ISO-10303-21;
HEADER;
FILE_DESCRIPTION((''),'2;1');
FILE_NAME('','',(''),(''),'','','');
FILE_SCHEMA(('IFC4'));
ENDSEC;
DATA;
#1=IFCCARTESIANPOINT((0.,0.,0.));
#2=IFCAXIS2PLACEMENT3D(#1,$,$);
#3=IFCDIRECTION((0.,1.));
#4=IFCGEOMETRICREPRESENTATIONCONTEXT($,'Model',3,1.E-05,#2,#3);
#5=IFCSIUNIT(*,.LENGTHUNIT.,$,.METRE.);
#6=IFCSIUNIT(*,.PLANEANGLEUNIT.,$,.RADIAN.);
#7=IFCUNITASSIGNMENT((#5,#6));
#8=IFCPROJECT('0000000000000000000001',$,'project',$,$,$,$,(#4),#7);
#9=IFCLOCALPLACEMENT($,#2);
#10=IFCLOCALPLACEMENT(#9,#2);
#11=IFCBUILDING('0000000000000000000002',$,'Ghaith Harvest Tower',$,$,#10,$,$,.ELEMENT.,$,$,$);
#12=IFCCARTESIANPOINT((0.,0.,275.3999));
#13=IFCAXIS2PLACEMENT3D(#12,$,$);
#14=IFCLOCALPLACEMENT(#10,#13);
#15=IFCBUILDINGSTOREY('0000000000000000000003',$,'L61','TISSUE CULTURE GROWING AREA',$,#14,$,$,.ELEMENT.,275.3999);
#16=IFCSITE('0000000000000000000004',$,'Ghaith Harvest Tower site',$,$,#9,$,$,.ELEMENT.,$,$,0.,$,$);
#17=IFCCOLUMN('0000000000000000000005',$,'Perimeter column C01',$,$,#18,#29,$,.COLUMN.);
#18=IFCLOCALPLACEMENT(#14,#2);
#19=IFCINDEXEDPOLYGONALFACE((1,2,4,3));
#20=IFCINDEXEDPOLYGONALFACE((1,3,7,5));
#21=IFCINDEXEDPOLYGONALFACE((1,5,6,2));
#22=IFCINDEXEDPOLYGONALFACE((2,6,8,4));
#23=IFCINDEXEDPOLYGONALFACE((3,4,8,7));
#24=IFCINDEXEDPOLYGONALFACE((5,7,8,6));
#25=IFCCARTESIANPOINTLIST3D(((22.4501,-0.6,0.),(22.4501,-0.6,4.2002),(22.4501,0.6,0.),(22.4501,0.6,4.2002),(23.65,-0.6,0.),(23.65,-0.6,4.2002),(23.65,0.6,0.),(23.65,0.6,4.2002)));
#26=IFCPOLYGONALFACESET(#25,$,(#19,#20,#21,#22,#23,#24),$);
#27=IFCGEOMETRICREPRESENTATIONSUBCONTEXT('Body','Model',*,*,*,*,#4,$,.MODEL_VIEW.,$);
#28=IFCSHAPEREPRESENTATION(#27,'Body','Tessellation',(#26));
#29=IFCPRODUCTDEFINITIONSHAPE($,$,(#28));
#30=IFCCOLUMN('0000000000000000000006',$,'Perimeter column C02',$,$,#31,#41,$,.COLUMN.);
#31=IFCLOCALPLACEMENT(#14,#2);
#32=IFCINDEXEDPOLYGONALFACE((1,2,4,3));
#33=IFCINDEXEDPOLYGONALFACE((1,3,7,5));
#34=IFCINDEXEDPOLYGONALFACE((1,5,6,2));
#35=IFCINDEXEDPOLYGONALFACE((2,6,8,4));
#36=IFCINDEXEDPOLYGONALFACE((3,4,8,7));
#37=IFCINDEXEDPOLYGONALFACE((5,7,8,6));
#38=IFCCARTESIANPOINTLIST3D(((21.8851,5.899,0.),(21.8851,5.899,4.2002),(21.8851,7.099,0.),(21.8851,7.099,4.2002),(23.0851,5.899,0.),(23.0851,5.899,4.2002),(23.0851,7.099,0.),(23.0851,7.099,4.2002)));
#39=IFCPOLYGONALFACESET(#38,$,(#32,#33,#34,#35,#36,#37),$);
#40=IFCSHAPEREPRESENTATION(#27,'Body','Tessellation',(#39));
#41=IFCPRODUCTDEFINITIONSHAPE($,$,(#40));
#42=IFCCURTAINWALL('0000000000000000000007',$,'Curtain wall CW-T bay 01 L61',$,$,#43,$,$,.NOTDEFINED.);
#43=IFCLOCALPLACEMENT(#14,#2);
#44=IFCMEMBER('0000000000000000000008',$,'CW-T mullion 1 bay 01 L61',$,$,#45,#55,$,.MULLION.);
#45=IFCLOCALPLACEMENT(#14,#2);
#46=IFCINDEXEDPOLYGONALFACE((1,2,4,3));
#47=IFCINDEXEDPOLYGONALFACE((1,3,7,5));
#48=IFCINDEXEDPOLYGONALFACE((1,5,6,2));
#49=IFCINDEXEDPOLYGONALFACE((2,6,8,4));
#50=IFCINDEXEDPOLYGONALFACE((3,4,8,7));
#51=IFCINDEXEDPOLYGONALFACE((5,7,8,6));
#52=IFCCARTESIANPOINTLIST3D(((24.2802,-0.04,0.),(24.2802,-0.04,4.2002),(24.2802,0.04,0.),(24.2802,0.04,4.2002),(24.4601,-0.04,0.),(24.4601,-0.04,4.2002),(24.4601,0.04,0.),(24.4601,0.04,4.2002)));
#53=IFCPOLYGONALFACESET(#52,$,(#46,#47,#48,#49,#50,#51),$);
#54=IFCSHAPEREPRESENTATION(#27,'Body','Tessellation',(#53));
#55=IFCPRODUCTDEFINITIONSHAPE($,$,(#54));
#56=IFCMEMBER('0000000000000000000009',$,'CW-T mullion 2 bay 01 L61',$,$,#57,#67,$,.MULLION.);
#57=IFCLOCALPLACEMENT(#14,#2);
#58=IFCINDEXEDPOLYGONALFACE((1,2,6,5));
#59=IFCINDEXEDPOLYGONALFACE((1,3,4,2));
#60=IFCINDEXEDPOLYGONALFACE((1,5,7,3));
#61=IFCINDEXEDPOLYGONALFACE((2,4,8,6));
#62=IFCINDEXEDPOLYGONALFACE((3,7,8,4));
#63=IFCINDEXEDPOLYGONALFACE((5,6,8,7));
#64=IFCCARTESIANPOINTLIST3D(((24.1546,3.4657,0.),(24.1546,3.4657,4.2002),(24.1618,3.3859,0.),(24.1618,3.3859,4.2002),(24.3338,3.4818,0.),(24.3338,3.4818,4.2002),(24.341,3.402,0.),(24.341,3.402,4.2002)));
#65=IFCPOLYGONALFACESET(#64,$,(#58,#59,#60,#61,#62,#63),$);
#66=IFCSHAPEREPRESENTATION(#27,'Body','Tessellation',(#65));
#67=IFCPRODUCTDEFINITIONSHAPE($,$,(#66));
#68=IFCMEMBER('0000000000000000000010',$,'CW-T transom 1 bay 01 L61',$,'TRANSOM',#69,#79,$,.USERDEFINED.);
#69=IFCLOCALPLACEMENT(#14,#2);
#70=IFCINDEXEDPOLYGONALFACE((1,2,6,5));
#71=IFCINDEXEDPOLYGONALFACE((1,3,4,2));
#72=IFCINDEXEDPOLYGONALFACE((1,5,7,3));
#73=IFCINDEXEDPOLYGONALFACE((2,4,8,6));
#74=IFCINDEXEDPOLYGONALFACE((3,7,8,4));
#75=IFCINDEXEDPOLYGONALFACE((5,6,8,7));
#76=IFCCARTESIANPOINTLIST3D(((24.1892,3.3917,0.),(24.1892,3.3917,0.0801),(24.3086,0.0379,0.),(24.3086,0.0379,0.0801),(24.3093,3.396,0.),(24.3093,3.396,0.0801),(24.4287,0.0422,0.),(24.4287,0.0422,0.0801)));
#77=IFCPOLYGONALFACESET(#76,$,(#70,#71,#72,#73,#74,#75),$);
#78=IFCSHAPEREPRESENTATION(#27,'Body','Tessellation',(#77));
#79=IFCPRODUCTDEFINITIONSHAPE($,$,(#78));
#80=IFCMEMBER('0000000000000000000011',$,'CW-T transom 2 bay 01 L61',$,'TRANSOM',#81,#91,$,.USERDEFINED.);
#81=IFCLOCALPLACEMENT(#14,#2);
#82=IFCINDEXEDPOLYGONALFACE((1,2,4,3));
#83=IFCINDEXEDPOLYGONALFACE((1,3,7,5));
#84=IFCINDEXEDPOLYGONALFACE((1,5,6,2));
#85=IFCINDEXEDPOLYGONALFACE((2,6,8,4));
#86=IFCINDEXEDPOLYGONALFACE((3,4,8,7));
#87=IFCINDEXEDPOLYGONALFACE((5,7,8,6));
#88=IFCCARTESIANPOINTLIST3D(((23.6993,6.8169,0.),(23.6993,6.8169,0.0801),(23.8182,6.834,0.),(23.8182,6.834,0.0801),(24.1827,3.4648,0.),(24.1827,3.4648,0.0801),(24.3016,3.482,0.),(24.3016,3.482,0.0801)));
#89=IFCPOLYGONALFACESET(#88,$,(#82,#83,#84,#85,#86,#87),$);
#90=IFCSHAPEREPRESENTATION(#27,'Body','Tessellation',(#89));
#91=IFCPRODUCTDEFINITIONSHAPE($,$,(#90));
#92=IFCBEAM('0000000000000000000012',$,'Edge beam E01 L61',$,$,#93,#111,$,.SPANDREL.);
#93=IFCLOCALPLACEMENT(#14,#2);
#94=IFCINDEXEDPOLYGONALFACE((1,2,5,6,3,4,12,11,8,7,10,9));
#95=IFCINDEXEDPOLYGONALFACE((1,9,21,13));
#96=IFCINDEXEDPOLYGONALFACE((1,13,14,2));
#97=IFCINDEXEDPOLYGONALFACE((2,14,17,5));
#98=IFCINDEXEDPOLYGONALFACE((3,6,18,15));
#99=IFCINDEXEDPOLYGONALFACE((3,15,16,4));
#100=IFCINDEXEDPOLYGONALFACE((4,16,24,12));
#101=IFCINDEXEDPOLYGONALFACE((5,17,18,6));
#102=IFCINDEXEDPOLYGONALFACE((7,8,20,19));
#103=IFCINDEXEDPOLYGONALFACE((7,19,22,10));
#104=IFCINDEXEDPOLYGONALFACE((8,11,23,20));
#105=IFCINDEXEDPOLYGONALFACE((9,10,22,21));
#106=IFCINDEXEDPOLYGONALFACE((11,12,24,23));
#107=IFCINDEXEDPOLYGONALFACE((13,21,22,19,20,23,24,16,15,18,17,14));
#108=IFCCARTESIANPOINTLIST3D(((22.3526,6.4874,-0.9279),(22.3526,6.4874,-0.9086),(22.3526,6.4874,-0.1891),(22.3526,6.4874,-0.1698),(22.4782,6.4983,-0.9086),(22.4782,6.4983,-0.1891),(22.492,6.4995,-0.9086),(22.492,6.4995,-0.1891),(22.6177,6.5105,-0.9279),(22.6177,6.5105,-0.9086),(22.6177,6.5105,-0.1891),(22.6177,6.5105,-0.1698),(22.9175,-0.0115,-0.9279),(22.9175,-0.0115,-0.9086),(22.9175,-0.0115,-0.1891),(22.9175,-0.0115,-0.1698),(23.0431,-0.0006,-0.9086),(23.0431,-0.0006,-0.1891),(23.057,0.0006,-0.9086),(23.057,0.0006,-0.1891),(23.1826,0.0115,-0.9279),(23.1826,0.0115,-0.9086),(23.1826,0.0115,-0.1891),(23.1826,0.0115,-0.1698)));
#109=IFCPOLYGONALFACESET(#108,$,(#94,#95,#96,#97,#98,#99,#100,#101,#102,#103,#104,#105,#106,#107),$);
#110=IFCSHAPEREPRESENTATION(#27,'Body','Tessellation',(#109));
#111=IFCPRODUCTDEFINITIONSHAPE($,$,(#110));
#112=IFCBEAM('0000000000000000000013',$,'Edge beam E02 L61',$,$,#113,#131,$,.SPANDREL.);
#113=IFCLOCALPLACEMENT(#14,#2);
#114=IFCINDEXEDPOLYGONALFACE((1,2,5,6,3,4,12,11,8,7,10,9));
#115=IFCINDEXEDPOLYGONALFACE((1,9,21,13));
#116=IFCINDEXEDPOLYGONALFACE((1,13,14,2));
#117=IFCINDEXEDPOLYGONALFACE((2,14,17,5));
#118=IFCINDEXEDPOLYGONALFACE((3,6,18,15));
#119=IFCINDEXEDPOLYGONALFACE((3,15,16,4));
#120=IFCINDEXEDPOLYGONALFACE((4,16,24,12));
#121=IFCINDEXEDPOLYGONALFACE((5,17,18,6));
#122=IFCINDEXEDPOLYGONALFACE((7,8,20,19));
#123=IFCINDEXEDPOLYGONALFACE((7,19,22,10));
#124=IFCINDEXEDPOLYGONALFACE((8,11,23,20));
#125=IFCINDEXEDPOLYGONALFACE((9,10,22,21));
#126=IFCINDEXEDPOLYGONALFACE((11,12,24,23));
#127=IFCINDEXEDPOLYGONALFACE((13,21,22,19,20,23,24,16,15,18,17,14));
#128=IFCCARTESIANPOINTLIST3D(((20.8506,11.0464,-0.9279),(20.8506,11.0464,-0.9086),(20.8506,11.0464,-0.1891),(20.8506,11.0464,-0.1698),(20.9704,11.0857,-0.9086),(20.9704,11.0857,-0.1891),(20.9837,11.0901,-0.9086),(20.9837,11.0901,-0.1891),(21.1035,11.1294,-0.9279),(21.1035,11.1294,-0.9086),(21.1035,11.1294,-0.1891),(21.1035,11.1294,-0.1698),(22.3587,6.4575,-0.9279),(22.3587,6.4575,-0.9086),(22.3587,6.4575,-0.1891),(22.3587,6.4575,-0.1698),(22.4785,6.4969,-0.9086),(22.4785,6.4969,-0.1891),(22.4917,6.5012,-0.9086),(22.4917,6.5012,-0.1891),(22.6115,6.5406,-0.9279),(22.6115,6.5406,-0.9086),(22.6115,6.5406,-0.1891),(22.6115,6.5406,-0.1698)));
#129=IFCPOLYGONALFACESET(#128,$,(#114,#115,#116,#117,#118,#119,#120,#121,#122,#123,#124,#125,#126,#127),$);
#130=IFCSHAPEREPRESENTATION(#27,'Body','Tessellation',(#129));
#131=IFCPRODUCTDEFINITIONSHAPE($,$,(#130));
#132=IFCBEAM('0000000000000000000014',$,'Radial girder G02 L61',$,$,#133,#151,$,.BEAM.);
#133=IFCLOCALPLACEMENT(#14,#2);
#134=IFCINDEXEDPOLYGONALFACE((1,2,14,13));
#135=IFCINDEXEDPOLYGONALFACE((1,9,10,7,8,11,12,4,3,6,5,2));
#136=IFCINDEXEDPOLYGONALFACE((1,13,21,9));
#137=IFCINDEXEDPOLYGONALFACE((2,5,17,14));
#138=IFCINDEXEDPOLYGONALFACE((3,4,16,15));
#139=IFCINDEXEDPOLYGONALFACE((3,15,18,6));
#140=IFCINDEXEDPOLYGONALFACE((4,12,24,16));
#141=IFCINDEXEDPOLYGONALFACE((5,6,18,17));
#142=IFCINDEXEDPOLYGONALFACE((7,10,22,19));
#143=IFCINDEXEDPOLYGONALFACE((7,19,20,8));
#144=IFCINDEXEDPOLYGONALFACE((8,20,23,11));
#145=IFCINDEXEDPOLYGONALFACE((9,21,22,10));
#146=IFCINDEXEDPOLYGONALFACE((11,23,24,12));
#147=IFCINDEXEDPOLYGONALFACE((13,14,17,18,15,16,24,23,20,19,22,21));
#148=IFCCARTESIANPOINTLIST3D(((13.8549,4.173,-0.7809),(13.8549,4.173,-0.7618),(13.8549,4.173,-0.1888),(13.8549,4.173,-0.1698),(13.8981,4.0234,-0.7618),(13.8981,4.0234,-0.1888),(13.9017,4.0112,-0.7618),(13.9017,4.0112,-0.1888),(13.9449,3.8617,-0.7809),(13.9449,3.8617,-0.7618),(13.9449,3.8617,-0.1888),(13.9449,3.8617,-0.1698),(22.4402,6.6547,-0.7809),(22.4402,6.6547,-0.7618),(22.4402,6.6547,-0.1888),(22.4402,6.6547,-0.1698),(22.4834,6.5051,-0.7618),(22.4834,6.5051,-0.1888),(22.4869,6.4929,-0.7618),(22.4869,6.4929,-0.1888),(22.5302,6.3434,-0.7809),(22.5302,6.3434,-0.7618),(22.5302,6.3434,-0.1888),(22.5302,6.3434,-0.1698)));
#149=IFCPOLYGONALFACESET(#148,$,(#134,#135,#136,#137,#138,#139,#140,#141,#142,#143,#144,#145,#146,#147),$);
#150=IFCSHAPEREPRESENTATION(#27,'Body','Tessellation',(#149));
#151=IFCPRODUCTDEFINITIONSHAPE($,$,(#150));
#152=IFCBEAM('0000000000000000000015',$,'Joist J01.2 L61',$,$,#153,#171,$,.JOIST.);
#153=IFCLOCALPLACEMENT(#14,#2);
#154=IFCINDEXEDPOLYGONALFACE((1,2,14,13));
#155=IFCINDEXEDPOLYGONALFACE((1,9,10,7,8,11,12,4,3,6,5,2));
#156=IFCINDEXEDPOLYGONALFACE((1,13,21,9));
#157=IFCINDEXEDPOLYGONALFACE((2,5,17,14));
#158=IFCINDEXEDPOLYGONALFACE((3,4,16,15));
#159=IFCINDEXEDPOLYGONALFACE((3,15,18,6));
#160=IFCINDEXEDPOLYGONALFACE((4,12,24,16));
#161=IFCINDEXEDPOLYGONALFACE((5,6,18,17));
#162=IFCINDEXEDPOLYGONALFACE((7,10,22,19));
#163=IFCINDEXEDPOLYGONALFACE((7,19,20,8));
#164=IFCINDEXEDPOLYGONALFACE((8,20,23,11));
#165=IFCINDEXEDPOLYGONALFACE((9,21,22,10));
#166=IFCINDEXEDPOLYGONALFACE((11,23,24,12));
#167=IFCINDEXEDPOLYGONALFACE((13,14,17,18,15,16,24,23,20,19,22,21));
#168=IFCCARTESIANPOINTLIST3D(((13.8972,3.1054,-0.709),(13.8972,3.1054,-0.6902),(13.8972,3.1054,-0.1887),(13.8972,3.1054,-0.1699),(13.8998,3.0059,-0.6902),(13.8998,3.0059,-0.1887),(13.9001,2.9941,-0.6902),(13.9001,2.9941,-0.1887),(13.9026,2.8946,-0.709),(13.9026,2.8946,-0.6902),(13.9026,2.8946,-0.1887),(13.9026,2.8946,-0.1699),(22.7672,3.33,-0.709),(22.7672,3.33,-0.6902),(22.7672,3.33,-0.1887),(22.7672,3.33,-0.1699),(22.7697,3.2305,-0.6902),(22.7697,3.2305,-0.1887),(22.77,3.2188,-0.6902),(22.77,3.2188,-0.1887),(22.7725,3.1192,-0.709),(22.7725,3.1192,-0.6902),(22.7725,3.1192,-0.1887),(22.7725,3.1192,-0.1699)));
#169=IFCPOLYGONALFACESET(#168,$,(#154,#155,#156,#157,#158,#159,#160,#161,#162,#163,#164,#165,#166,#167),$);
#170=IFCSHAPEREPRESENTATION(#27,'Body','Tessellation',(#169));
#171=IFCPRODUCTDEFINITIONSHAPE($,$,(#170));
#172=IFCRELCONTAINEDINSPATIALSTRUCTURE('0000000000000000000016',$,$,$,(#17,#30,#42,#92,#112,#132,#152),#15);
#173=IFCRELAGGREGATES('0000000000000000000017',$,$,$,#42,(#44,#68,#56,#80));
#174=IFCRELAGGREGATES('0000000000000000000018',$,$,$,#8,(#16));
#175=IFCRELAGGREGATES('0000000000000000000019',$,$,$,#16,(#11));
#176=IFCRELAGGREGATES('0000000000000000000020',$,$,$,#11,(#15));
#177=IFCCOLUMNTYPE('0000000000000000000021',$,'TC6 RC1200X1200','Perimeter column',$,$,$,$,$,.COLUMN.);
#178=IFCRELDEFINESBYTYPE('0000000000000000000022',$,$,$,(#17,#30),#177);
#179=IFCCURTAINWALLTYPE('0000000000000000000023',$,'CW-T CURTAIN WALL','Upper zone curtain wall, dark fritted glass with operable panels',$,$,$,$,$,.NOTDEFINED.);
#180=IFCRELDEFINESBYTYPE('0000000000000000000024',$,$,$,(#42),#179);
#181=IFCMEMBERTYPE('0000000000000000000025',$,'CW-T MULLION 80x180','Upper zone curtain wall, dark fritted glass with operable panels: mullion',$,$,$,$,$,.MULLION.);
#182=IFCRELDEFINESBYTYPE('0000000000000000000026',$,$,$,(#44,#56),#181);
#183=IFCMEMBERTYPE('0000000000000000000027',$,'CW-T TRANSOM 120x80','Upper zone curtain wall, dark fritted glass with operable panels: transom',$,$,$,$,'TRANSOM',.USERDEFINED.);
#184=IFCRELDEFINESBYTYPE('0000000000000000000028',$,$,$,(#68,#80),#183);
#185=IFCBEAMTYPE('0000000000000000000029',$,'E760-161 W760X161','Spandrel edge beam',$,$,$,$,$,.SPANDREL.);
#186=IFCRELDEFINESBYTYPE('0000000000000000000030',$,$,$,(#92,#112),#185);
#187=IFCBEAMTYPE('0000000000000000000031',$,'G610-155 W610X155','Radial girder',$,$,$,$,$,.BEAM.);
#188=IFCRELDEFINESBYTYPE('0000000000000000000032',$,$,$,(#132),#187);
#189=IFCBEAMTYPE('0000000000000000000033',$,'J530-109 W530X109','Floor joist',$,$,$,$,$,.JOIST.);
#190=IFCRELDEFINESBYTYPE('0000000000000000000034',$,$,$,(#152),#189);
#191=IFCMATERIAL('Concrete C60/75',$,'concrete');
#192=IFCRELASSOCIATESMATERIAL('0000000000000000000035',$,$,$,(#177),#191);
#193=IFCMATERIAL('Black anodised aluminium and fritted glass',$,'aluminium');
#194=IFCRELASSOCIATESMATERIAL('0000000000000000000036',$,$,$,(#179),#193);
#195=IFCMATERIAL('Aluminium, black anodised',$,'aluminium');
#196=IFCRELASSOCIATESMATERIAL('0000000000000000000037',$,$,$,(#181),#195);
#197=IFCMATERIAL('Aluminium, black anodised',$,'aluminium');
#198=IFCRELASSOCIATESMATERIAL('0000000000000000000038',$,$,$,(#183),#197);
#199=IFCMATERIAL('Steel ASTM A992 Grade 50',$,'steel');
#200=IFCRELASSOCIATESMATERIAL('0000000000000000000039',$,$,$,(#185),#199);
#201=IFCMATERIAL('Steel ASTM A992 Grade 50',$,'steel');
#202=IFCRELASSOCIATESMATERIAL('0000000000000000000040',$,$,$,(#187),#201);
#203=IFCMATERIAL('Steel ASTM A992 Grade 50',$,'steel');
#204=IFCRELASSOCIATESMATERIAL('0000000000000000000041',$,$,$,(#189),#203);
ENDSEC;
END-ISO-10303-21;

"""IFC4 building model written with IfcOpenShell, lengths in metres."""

from ifc_helpers import new_model, si_unit, direction, frame, origin, origin_2d, place, context, subcontext, project, spatial, rectangle, i_section, extrude, material, material_profile, profile_set, type_object, element, aggregate, save


model = new_model("IFC4")

# Units and contexts
model_context = context("Model", 3, precision=1e-05, world=origin(), true_north=direction((0.0, 1.0)))
body_context = subcontext(model_context, "Body", "Model", "MODEL_VIEW")
ifc_project = project(units=[si_unit("LENGTHUNIT", "METRE"), si_unit("PLANEANGLEUNIT", "RADIAN")], contexts=[model_context])

# Site, building, storey
site_placement = place(None, origin())
site = spatial("IfcSite", under=ifc_project, at=site_placement, Name="Ghaith Harvest Tower site", CompositionType="ELEMENT", RefElevation=0.0)
building_placement = place(site_placement, origin())
building = spatial("IfcBuilding", under=site, at=building_placement, Name="Ghaith Harvest Tower", CompositionType="ELEMENT")
storey_placement = place(building_placement, frame((0.0, 0.0, 275.3999)))
storey = spatial("IfcBuildingStorey", under=building, at=storey_placement, Name="L61", Description="TISSUE CULTURE GROWING AREA", CompositionType="ELEMENT", Elevation=275.3999)

# Columns
ifc_material_1 = material(Name="Concrete C60/75", Category="concrete")
ifc_material_profile_1 = material_profile(ifc_material_1, rectangle(XDim=1.2, YDim=1.2, at=origin_2d()), Name="RC1200X1200")
ifc_profile_set_1 = profile_set([ifc_material_profile_1], Name="Concrete C60/75")
column_type = type_object("IfcColumnType", Name="TC6 RC1200X1200", Description="Perimeter column", PredefinedType="COLUMN", material=ifc_profile_set_1)
for number, where, z_axis, x_axis, name in (
    (1, (23.05, 0.0, 0.0), (0.0, 0.0, 1.0), (1.0, 0.0, 0.0), "Perimeter column C01"),
    (2, (22.4851, 6.499, 0.0), (0.0, 0.0, 1.0), (1.0, 0.0, 0.0), "Perimeter column C02"),
):
    element("IfcColumn", number, at=place(storey_placement, frame(where, z_axis=z_axis, x_axis=x_axis)), inside=storey, type_object=column_type, Name=name, PredefinedType="COLUMN", context=body_context, shape_type="SweptSolid", body=[
        extrude(rectangle(XDim=1.2, YDim=1.2, at=origin_2d()), origin(), (0.0, 0.0, 1.0), 4.2002),
    ])

# Curtain wall, members
ifc_material_2 = material(Name="Black anodised aluminium and fritted glass", Category="aluminium")
curtain_wall_type = type_object("IfcCurtainWallType", Name="CW-T CURTAIN WALL", Description="Upper zone curtain wall, dark fritted glass with operable panels", PredefinedType="NOTDEFINED", material=ifc_material_2)
curtain_wall_placement = place(storey_placement, origin())
curtain_wall = element("IfcCurtainWall", 3, at=curtain_wall_placement, inside=storey, type_object=curtain_wall_type, Name="Curtain wall CW-T bay 01 L61", PredefinedType="NOTDEFINED")
ifc_material_3 = material(Name="Aluminium, black anodised", Category="aluminium")
ifc_material_profile_2 = material_profile(ifc_material_3, rectangle(XDim=0.0801, YDim=0.1799, at=origin_2d()), Name="CW-T MULLION 80x180")
ifc_profile_set_2 = profile_set([ifc_material_profile_2], Name="Aluminium, black anodised")
member_type_1 = type_object("IfcMemberType", Name="CW-T MULLION 80x180", Description="Upper zone curtain wall, dark fritted glass with operable panels: mullion", PredefinedType="MULLION", material=ifc_profile_set_2)
member_1_placement = place(storey_placement, frame((24.3701, 0.0, 0.0), z_axis=(0.0, 0.0, 1.0), x_axis=(0.0, 1.0, 0.0)))
member_1 = element("IfcMember", 4, at=member_1_placement, type_object=member_type_1, Name="CW-T mullion 1 bay 01 L61", PredefinedType="MULLION", context=body_context, shape_type="SweptSolid", body=[
    extrude(rectangle(XDim=0.0801, YDim=0.1799, at=origin_2d()), origin(), (0.0, 0.0, 1.0), 4.2002),
])
member_2_placement = place(storey_placement, frame((24.2478, 3.4338, 0.0), z_axis=(0.0, 0.0, 1.0), x_axis=(-0.089502, 0.995987, 0.0)))
member_2 = element("IfcMember", 5, at=member_2_placement, type_object=member_type_1, Name="CW-T mullion 2 bay 01 L61", PredefinedType="MULLION", context=body_context, shape_type="SweptSolid", body=[
    extrude(rectangle(XDim=0.0801, YDim=0.1799, at=origin_2d()), origin(), (0.0, 0.0, 1.0), 4.2002),
])
ifc_material_4 = material(Name="Aluminium, black anodised", Category="aluminium")
ifc_material_profile_3 = material_profile(ifc_material_4, rectangle(XDim=0.1201, YDim=0.0801, at=origin_2d()), Name="CW-T TRANSOM 120x80")
ifc_profile_set_3 = profile_set([ifc_material_profile_3], Name="Aluminium, black anodised")
member_type_2 = type_object("IfcMemberType", Name="CW-T TRANSOM 120x80", Description="Upper zone curtain wall, dark fritted glass with operable panels: transom", ElementType="TRANSOM", PredefinedType="USERDEFINED", material=ifc_profile_set_3)
member_3_placement = place(storey_placement, frame((24.3687, 0.04, 0.04), z_axis=(-0.035575, 0.999367, 0.0), x_axis=(-0.999367, -0.035575, 0.0)))
member_3 = element("IfcMember", 6, at=member_3_placement, type_object=member_type_2, Name="CW-T transom 1 bay 01 L61", ObjectType="TRANSOM", PredefinedType="USERDEFINED", context=body_context, shape_type="SweptSolid", body=[
    extrude(rectangle(XDim=0.1201, YDim=0.0801, at=origin_2d()), origin(), (0.0, 0.0, 1.0), 3.356),
])
member_4_placement = place(storey_placement, frame((24.2422, 3.4734, 0.04), z_axis=(-0.142733, 0.989761, 0.0), x_axis=(-0.989761, -0.142733, 0.0)))
member_4 = element("IfcMember", 7, at=member_4_placement, type_object=member_type_2, Name="CW-T transom 2 bay 01 L61", ObjectType="TRANSOM", PredefinedType="USERDEFINED", context=body_context, shape_type="SweptSolid", body=[
    extrude(rectangle(XDim=0.1201, YDim=0.0801, at=origin_2d()), origin(), (0.0, 0.0, 1.0), 3.3867),
])

# Beams
ifc_material_5 = material(Name="Steel ASTM A992 Grade 50", Category="steel")
ifc_material_profile_4 = material_profile(ifc_material_5, i_section(OverallWidth=0.2661, OverallDepth=0.7581, WebThickness=0.0139, FlangeThickness=0.0193, at=origin_2d()), Name="W760X161")
ifc_profile_set_4 = profile_set([ifc_material_profile_4], Name="Steel ASTM A992 Grade 50")
beam_type_1 = type_object("IfcBeamType", Name="E760-161 W760X161", Description="Spandrel edge beam", PredefinedType="SPANDREL", material=ifc_profile_set_4)
beam_1_placement = place(storey_placement, frame((23.05, 0.0, -0.5488), z_axis=(-0.086601, 0.996243, 0.0), x_axis=(-0.996243, -0.086601, 0.0)))
element("IfcBeam", 8, at=beam_1_placement, inside=storey, type_object=beam_type_1, Name="Edge beam E01 L61", PredefinedType="SPANDREL", context=body_context, shape_type="SweptSolid", body=[
    extrude(i_section(OverallWidth=0.2661, OverallDepth=0.7581, WebThickness=0.0139, FlangeThickness=0.0193, at=origin_2d()), origin(), (0.0, 0.0, 1.0), 6.5234),
])
beam_2_placement = place(storey_placement, frame((22.4851, 6.499, -0.5488), z_axis=(-0.312207, 0.950014, 0.0), x_axis=(-0.950014, -0.312207, 0.0)))
element("IfcBeam", 9, at=beam_2_placement, inside=storey, type_object=beam_type_1, Name="Edge beam E02 L61", PredefinedType="SPANDREL", context=body_context, shape_type="SweptSolid", body=[
    extrude(i_section(OverallWidth=0.2661, OverallDepth=0.7581, WebThickness=0.0139, FlangeThickness=0.0193, at=origin_2d()), origin(), (0.0, 0.0, 1.0), 4.8303),
])
ifc_material_6 = material(Name="Steel ASTM A992 Grade 50", Category="steel")
ifc_material_profile_5 = material_profile(ifc_material_6, i_section(OverallWidth=0.324, OverallDepth=0.6111, WebThickness=0.0127, FlangeThickness=0.019, at=origin_2d()), Name="W610X155")
ifc_profile_set_5 = profile_set([ifc_material_profile_5], Name="Steel ASTM A992 Grade 50")
beam_type_2 = type_object("IfcBeamType", Name="G610-155 W610X155", Description="Radial girder", PredefinedType="BEAM", material=ifc_profile_set_5)
beam_3_placement = place(storey_placement, frame((13.8999, 4.0173, -0.4753), z_axis=(0.960669, 0.277697, 0.0), x_axis=(-0.277697, 0.960669, 0.0)))
element("IfcBeam", 10, at=beam_3_placement, inside=storey, type_object=beam_type_2, Name="Radial girder G02 L61", PredefinedType="BEAM", context=body_context, shape_type="SweptSolid", body=[
    extrude(i_section(OverallWidth=0.324, OverallDepth=0.6111, WebThickness=0.0127, FlangeThickness=0.019, at=origin_2d()), origin(), (0.0, 0.0, 1.0), 8.9368),
])
ifc_material_7 = material(Name="Steel ASTM A992 Grade 50", Category="steel")
ifc_material_profile_6 = material_profile(ifc_material_7, i_section(OverallWidth=0.2109, OverallDepth=0.5391, WebThickness=0.0117, FlangeThickness=0.0188, at=origin_2d()), Name="W530X109")
ifc_profile_set_6 = profile_set([ifc_material_profile_6], Name="Steel ASTM A992 Grade 50")
beam_type_3 = type_object("IfcBeamType", Name="J530-109 W530X109", Description="Floor joist", PredefinedType="JOIST", material=ifc_profile_set_6)
beam_4_placement = place(storey_placement, frame((13.8999, 3.0, -0.4395), z_axis=(0.99968, 0.025315, 0.0), x_axis=(-0.025315, 0.99968, 0.0)))
element("IfcBeam", 11, at=beam_4_placement, inside=storey, type_object=beam_type_3, Name="Joist J01.2 L61", PredefinedType="JOIST", context=body_context, shape_type="SweptSolid", body=[
    extrude(i_section(OverallWidth=0.2109, OverallDepth=0.5391, WebThickness=0.0117, FlangeThickness=0.0188, at=origin_2d()), origin(), (0.0, 0.0, 1.0), 8.8728),
])

aggregate(curtain_wall, [member_1, member_3, member_2, member_4])

save(model, "model.ifc")
